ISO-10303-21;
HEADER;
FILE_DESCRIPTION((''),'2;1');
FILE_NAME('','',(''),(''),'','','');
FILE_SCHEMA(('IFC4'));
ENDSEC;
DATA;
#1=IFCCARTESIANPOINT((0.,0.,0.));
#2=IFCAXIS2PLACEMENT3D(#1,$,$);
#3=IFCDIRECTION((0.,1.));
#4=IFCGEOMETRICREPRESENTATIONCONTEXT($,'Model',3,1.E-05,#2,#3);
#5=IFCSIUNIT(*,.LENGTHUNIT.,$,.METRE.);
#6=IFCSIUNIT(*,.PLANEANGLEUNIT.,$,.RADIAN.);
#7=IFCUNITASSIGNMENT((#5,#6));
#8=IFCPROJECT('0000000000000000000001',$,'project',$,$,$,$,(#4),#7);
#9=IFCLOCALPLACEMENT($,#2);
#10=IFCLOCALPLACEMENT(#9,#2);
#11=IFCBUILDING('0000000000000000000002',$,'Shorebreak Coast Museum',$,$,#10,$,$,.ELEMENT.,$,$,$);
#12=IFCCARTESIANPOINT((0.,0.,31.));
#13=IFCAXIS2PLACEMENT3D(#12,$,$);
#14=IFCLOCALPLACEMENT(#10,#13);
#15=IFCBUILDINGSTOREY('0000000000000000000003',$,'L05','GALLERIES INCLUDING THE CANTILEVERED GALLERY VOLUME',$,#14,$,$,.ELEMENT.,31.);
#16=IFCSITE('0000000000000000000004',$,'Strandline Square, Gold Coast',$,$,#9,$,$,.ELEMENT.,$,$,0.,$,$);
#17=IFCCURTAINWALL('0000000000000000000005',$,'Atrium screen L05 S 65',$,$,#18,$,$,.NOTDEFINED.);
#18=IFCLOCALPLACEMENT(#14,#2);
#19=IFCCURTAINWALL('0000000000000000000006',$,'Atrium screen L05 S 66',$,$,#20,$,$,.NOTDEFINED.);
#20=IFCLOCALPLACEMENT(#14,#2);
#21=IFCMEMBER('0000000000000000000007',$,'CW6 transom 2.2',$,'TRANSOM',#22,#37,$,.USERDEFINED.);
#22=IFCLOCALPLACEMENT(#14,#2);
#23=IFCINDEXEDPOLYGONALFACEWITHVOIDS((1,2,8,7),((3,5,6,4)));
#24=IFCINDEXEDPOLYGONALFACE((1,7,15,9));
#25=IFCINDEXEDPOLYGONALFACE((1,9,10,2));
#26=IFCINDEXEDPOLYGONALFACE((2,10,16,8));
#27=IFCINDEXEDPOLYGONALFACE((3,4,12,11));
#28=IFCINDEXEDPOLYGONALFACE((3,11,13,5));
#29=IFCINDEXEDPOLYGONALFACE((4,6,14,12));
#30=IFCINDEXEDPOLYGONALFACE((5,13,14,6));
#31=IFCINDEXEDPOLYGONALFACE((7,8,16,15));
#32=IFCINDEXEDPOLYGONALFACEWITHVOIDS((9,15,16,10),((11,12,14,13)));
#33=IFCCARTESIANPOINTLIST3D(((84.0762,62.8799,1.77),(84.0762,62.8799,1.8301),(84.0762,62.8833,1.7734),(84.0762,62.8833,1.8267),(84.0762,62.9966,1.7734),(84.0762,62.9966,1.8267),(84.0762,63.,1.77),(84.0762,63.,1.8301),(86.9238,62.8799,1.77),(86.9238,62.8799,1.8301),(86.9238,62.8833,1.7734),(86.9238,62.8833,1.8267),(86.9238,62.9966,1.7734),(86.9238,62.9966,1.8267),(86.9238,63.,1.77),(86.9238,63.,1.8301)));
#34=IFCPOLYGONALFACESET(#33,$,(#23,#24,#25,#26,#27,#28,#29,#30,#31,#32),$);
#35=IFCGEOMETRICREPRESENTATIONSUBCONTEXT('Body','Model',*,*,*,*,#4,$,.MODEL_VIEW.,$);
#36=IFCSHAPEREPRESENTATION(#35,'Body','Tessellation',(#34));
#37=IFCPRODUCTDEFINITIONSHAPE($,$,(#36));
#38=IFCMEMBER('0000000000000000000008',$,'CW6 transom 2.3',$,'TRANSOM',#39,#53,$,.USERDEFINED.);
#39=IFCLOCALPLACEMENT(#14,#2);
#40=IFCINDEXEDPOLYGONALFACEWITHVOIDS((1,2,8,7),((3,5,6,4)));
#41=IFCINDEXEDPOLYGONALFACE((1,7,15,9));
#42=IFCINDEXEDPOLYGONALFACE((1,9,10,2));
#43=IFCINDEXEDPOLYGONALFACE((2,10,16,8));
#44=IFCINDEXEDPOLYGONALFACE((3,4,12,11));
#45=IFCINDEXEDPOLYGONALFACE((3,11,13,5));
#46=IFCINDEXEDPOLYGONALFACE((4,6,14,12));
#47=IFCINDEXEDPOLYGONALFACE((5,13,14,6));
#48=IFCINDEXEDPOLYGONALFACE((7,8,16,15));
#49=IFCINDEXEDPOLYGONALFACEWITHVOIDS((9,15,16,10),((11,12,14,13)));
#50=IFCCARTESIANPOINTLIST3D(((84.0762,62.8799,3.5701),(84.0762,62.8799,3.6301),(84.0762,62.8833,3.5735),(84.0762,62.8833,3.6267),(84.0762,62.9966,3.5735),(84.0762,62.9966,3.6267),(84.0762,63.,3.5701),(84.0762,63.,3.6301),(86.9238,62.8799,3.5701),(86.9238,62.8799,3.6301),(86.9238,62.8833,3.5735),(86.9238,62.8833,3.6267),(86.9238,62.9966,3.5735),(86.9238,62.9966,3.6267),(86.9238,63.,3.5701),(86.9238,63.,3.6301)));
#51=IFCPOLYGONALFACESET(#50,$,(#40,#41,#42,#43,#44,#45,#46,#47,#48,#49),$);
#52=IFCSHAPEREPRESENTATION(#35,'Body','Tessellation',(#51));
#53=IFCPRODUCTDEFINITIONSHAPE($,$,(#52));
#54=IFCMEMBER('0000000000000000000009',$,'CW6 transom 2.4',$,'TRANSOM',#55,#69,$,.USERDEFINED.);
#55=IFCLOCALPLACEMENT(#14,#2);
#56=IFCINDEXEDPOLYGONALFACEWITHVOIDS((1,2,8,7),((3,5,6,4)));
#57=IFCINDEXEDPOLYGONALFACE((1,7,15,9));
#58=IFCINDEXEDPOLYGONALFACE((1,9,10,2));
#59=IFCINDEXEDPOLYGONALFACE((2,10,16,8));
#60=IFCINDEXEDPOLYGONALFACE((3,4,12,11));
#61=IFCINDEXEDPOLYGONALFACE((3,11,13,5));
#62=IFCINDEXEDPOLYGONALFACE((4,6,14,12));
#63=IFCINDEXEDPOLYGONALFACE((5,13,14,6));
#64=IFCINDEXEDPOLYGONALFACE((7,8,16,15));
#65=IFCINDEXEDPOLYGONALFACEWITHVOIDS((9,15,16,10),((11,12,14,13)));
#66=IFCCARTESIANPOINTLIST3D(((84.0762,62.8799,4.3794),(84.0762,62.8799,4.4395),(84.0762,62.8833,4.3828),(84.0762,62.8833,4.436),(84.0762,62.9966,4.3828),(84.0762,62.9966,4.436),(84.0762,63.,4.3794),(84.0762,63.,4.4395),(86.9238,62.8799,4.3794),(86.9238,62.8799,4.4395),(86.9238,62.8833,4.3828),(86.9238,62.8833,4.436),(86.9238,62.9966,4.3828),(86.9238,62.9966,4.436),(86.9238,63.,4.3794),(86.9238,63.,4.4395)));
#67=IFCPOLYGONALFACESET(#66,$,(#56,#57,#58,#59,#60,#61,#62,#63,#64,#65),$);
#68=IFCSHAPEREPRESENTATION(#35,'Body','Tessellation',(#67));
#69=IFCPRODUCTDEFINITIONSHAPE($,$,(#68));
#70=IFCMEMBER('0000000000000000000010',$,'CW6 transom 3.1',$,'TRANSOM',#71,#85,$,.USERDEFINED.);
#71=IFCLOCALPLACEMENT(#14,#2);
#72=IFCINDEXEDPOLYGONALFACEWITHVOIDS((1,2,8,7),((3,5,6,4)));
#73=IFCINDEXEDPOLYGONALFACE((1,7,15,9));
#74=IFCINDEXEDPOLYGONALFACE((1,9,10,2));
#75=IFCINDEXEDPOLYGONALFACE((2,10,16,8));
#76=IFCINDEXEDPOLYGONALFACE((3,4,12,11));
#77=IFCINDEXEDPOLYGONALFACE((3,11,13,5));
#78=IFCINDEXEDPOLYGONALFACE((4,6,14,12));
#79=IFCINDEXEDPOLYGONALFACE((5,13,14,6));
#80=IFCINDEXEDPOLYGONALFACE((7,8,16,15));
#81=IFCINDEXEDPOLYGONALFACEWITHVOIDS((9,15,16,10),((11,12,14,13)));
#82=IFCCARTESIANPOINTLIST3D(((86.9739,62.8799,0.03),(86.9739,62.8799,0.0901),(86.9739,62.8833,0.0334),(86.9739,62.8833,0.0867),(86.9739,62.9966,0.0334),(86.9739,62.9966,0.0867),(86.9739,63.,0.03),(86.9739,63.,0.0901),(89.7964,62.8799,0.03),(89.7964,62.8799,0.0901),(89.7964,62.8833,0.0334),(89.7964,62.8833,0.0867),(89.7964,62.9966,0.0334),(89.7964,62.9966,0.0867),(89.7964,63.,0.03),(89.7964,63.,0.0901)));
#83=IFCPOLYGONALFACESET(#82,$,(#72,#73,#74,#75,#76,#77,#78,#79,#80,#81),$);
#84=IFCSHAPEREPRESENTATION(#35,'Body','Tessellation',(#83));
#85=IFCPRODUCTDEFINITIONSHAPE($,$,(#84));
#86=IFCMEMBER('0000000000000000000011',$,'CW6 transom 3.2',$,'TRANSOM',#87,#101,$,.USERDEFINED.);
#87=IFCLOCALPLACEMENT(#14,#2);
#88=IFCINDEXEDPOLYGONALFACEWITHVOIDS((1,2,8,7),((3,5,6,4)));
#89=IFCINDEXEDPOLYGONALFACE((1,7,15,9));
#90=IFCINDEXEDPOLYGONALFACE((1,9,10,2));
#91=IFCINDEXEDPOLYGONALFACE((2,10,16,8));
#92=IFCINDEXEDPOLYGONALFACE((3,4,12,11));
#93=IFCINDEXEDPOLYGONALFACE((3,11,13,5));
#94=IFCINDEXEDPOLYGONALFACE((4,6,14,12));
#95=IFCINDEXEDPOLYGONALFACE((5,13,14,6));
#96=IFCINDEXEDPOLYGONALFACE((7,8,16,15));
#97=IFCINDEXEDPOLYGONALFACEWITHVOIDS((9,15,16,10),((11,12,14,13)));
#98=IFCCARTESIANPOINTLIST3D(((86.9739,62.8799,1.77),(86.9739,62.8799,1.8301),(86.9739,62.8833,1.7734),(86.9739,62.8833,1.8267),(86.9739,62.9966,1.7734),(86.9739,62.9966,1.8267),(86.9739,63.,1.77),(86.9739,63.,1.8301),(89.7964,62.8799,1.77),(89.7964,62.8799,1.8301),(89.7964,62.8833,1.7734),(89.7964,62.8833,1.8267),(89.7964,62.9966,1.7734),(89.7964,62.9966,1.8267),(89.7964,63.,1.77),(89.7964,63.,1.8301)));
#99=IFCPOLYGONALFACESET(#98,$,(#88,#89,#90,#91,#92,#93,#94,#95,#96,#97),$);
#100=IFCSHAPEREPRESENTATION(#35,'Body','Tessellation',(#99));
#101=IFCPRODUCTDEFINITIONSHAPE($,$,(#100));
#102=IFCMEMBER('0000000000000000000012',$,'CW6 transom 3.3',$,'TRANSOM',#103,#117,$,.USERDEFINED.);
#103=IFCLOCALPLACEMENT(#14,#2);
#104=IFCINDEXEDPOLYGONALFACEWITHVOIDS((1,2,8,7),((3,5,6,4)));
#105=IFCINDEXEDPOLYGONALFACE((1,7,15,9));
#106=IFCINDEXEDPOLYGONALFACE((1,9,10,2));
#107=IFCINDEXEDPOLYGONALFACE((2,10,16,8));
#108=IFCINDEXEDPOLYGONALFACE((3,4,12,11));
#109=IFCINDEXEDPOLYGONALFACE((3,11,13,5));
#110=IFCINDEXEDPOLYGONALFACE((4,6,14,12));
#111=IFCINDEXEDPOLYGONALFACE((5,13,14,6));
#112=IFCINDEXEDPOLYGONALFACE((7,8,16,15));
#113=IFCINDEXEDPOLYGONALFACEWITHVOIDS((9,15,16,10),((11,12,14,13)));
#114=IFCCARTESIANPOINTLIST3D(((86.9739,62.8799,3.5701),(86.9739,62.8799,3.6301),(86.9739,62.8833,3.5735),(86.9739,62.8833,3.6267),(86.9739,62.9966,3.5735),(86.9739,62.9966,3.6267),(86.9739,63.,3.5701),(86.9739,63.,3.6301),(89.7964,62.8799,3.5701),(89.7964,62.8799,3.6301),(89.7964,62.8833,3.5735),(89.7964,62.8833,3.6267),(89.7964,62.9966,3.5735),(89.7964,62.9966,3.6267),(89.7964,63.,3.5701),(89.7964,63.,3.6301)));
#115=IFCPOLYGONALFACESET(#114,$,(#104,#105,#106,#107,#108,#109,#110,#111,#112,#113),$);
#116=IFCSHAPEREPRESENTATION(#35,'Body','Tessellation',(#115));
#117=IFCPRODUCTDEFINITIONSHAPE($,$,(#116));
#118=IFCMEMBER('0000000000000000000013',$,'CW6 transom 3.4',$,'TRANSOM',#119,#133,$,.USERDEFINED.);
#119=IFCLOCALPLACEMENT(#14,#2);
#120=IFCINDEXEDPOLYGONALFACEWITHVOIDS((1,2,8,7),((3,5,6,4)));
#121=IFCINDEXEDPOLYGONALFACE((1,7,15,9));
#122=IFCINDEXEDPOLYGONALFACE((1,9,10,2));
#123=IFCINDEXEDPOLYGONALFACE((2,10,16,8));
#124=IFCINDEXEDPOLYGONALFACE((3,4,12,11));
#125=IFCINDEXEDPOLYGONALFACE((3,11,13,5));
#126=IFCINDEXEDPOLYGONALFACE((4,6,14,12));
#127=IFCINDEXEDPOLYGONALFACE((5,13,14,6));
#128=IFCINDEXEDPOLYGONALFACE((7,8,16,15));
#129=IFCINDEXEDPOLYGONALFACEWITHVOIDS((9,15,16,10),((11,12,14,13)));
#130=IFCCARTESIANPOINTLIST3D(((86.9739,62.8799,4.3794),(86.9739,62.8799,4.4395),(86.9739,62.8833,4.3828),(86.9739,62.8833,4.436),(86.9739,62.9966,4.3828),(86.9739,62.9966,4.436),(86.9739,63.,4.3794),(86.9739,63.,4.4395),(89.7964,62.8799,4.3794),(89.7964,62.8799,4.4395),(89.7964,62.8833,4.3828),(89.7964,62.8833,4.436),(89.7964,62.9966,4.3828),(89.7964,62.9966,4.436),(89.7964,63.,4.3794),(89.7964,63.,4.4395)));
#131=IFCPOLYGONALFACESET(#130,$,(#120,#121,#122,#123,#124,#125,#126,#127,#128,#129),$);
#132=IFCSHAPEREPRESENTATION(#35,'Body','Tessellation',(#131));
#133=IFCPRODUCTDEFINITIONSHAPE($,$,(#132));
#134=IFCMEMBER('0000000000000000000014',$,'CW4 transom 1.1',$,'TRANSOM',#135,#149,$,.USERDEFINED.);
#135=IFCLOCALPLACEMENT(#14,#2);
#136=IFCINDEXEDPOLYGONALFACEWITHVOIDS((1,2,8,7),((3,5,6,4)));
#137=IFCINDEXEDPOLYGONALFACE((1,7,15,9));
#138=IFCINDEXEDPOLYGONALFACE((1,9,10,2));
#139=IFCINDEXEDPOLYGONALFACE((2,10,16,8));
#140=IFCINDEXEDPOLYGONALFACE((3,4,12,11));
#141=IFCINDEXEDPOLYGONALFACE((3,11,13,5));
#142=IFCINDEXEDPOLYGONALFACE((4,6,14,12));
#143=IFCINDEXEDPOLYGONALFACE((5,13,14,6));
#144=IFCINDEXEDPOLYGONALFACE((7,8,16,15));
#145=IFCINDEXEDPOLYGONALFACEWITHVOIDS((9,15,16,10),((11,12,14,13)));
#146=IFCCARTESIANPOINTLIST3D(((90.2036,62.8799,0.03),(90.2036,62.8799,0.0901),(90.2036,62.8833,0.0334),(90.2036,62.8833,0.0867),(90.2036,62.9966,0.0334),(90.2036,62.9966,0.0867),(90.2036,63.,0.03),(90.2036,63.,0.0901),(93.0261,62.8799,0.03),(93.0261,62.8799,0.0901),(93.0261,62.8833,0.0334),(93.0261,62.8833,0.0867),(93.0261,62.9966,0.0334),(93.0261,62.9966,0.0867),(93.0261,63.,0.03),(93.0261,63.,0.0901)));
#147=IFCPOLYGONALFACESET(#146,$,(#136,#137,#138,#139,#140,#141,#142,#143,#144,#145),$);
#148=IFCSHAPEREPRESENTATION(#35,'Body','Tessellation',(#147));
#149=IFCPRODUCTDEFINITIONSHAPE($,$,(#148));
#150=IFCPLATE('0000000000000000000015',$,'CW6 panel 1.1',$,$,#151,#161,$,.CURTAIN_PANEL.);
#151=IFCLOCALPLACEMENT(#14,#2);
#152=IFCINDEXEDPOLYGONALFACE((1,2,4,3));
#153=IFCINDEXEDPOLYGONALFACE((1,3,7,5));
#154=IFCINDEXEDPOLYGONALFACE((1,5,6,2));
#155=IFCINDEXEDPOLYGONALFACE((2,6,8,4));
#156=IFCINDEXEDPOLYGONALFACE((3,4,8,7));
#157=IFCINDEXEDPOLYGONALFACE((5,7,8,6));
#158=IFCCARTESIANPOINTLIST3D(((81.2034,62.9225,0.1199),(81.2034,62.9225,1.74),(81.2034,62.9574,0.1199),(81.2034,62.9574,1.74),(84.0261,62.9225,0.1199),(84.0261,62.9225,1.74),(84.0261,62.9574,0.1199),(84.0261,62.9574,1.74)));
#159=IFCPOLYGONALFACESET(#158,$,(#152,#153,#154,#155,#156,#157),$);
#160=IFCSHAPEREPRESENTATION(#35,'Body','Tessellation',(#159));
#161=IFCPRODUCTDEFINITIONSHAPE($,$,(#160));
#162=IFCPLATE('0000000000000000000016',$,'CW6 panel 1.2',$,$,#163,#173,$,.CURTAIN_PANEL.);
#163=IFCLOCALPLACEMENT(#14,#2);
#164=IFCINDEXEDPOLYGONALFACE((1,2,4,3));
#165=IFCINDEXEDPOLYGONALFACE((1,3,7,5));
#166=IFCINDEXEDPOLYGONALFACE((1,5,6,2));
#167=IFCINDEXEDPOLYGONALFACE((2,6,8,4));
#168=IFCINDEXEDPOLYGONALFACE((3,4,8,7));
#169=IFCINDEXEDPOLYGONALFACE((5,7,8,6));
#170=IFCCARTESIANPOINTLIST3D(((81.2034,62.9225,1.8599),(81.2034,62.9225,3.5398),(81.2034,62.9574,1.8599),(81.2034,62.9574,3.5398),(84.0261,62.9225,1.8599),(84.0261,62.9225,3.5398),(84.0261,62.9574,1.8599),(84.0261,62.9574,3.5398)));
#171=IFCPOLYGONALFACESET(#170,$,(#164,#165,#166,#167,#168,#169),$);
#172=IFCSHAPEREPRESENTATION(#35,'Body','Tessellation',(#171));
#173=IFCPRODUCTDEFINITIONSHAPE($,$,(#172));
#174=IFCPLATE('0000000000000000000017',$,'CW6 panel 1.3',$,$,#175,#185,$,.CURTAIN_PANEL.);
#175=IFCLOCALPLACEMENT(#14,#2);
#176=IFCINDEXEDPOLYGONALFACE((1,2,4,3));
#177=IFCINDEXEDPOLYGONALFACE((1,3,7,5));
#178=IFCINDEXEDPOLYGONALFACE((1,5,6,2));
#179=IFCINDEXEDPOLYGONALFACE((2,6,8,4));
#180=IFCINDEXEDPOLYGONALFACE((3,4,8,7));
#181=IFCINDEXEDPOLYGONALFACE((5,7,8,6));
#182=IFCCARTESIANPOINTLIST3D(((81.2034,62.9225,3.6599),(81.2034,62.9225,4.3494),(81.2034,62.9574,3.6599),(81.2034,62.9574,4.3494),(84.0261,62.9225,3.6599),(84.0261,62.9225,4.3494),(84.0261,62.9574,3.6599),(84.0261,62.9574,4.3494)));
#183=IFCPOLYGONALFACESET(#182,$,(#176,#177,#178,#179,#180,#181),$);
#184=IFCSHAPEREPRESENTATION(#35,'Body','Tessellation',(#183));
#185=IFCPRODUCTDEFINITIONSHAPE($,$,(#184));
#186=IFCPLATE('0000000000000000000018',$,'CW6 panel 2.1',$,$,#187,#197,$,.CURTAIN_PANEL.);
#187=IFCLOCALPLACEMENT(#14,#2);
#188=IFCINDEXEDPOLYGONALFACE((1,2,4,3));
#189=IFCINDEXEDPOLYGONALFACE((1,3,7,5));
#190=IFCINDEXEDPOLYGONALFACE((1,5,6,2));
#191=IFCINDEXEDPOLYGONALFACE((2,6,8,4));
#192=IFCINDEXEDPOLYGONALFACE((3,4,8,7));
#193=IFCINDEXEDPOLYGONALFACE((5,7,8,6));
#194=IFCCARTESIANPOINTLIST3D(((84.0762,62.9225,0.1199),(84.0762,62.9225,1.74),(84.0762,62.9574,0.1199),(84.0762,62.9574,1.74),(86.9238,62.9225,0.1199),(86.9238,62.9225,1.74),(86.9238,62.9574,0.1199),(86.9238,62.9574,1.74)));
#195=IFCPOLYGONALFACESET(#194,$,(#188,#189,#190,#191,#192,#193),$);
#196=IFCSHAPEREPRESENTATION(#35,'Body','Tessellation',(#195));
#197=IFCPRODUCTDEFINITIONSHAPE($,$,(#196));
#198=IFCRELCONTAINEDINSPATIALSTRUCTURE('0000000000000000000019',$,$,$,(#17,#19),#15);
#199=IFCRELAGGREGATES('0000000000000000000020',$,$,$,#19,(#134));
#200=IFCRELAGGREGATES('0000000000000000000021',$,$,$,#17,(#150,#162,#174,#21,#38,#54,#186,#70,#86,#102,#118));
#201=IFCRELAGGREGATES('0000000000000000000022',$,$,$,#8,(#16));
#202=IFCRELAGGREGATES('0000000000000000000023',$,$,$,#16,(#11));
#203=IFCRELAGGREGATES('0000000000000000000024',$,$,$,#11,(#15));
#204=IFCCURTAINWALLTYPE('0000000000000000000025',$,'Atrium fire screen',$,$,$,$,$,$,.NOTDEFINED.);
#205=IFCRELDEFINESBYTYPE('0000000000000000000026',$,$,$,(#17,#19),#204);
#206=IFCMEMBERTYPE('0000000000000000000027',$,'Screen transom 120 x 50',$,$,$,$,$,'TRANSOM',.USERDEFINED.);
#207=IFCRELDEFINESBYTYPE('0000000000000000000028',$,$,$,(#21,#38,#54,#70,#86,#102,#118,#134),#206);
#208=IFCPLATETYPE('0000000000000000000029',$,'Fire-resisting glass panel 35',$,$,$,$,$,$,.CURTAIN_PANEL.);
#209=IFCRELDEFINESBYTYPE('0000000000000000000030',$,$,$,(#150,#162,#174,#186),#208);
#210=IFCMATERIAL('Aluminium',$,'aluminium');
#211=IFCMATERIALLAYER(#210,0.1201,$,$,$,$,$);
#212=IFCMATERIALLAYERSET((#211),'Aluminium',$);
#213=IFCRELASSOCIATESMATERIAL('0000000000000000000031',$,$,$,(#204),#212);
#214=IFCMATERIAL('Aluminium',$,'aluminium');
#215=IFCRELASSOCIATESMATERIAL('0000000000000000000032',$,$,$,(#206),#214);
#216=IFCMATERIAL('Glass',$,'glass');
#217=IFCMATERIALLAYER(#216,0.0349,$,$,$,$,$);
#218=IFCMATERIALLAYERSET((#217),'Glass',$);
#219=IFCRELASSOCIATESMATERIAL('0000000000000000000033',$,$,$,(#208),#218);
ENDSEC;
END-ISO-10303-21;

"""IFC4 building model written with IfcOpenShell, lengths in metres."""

from ifc_helpers import new_model, si_unit, direction, frame, origin, origin_2d, place, context, subcontext, project, spatial, rectangle, hollow_rectangle, extrude, material, layer, layer_set, material_profile, profile_set, type_object, element, aggregate, save


model = new_model("IFC4")

# Units and contexts
model_context = context("Model", 3, precision=1e-05, world=origin(), true_north=direction((0.0, 1.0)))
body_context = subcontext(model_context, "Body", "Model", "MODEL_VIEW")
ifc_project = project(units=[si_unit("LENGTHUNIT", "METRE"), si_unit("PLANEANGLEUNIT", "RADIAN")], contexts=[model_context])

# Site, building, storey
site_placement = place(None, origin())
site = spatial("IfcSite", under=ifc_project, at=site_placement, Name="Strandline Square, Gold Coast", CompositionType="ELEMENT", RefElevation=0.0)
building_placement = place(site_placement, origin())
building = spatial("IfcBuilding", under=site, at=building_placement, Name="Shorebreak Coast Museum", CompositionType="ELEMENT")
storey_placement = place(building_placement, frame((0.0, 0.0, 31.0)))
storey = spatial("IfcBuildingStorey", under=building, at=storey_placement, Name="L05", Description="GALLERIES INCLUDING THE CANTILEVERED GALLERY VOLUME", CompositionType="ELEMENT", Elevation=31.0)

# Curtain wall
ifc_material_1 = material(Name="Aluminium", Category="aluminium")
ifc_layer_1 = layer(ifc_material_1, 0.1201)
ifc_layer_set_1 = layer_set([ifc_layer_1], Name="Aluminium")
curtain_wall_type = type_object("IfcCurtainWallType", Name="Atrium fire screen", PredefinedType="NOTDEFINED", material=ifc_layer_set_1)
curtain_wall_1_placement = place(storey_placement, origin())
curtain_wall_1 = element("IfcCurtainWall", 1, at=curtain_wall_1_placement, inside=storey, type_object=curtain_wall_type, Name="Atrium screen L05 S 65", PredefinedType="NOTDEFINED")

# Curtain wall
curtain_wall_2_placement = place(storey_placement, origin())
curtain_wall_2 = element("IfcCurtainWall", 2, at=curtain_wall_2_placement, inside=storey, type_object=curtain_wall_type, Name="Atrium screen L05 S 66", PredefinedType="NOTDEFINED")

# Members
ifc_material_2 = material(Name="Aluminium", Category="aluminium")
ifc_material_profile_1 = material_profile(ifc_material_2, hollow_rectangle(XDim=0.1201, YDim=0.0601, WallThickness=0.0034, at=origin_2d()), Name="AL 60x120 RHS")
ifc_profile_set_1 = profile_set([ifc_material_profile_1], Name="Aluminium")
member_type_1 = type_object("IfcMemberType", Name="Screen transom 120 x 50", ElementType="TRANSOM", PredefinedType="USERDEFINED", material=ifc_profile_set_1)
member_1_placement = place(storey_placement, frame((84.0762, 62.9399, 1.8), z_axis=(1.0, 0.0, 0.0), x_axis=(0.0, 1.0, 0.0)))
member_1 = element("IfcMember", 3, at=member_1_placement, type_object=member_type_1, Name="CW6 transom 2.2", ObjectType="TRANSOM", PredefinedType="USERDEFINED", context=body_context, shape_type="SweptSolid", body=[
    extrude(hollow_rectangle(XDim=0.1201, YDim=0.0601, WallThickness=0.0034, at=origin_2d()), origin(), (0.0, 0.0, 1.0), 2.8477),
])
member_2_placement = place(storey_placement, frame((84.0762, 62.9399, 3.6001), z_axis=(1.0, 0.0, 0.0), x_axis=(0.0, 1.0, 0.0)))
member_2 = element("IfcMember", 4, at=member_2_placement, type_object=member_type_1, Name="CW6 transom 2.3", ObjectType="TRANSOM", PredefinedType="USERDEFINED", context=body_context, shape_type="SweptSolid", body=[
    extrude(hollow_rectangle(XDim=0.1201, YDim=0.0601, WallThickness=0.0034, at=origin_2d()), origin(), (0.0, 0.0, 1.0), 2.8477),
])
member_3_placement = place(storey_placement, frame((84.0762, 62.9399, 4.4094), z_axis=(1.0, 0.0, 0.0), x_axis=(0.0, 1.0, 0.0)))
member_3 = element("IfcMember", 5, at=member_3_placement, type_object=member_type_1, Name="CW6 transom 2.4", ObjectType="TRANSOM", PredefinedType="USERDEFINED", context=body_context, shape_type="SweptSolid", body=[
    extrude(hollow_rectangle(XDim=0.1201, YDim=0.0601, WallThickness=0.0034, at=origin_2d()), origin(), (0.0, 0.0, 1.0), 2.8477),
])
member_4_placement = place(storey_placement, frame((86.9739, 62.9399, 0.0601), z_axis=(1.0, 0.0, 0.0), x_axis=(0.0, 1.0, 0.0)))
member_4 = element("IfcMember", 6, at=member_4_placement, type_object=member_type_1, Name="CW6 transom 3.1", ObjectType="TRANSOM", PredefinedType="USERDEFINED", context=body_context, shape_type="SweptSolid", body=[
    extrude(hollow_rectangle(XDim=0.1201, YDim=0.0601, WallThickness=0.0034, at=origin_2d()), origin(), (0.0, 0.0, 1.0), 2.8225),
])
member_5_placement = place(storey_placement, frame((86.9739, 62.9399, 1.8), z_axis=(1.0, 0.0, 0.0), x_axis=(0.0, 1.0, 0.0)))
member_5 = element("IfcMember", 7, at=member_5_placement, type_object=member_type_1, Name="CW6 transom 3.2", ObjectType="TRANSOM", PredefinedType="USERDEFINED", context=body_context, shape_type="SweptSolid", body=[
    extrude(hollow_rectangle(XDim=0.1201, YDim=0.0601, WallThickness=0.0034, at=origin_2d()), origin(), (0.0, 0.0, 1.0), 2.8225),
])
member_6_placement = place(storey_placement, frame((86.9739, 62.9399, 3.6001), z_axis=(1.0, 0.0, 0.0), x_axis=(0.0, 1.0, 0.0)))
member_6 = element("IfcMember", 8, at=member_6_placement, type_object=member_type_1, Name="CW6 transom 3.3", ObjectType="TRANSOM", PredefinedType="USERDEFINED", context=body_context, shape_type="SweptSolid", body=[
    extrude(hollow_rectangle(XDim=0.1201, YDim=0.0601, WallThickness=0.0034, at=origin_2d()), origin(), (0.0, 0.0, 1.0), 2.8225),
])
member_7_placement = place(storey_placement, frame((86.9739, 62.9399, 4.4094), z_axis=(1.0, 0.0, 0.0), x_axis=(0.0, 1.0, 0.0)))
member_7 = element("IfcMember", 9, at=member_7_placement, type_object=member_type_1, Name="CW6 transom 3.4", ObjectType="TRANSOM", PredefinedType="USERDEFINED", context=body_context, shape_type="SweptSolid", body=[
    extrude(hollow_rectangle(XDim=0.1201, YDim=0.0601, WallThickness=0.0034, at=origin_2d()), origin(), (0.0, 0.0, 1.0), 2.8225),
])
member_8_placement = place(storey_placement, frame((90.2036, 62.9399, 0.0601), z_axis=(1.0, 0.0, 0.0), x_axis=(0.0, 1.0, 0.0)))
member_8 = element("IfcMember", 10, at=member_8_placement, type_object=member_type_1, Name="CW4 transom 1.1", ObjectType="TRANSOM", PredefinedType="USERDEFINED", context=body_context, shape_type="SweptSolid", body=[
    extrude(hollow_rectangle(XDim=0.1201, YDim=0.0601, WallThickness=0.0034, at=origin_2d()), origin(), (0.0, 0.0, 1.0), 2.8225),
])
aggregate(curtain_wall_2, [member_8])

# Plates
ifc_material_3 = material(Name="Glass", Category="glass")
ifc_layer_2 = layer(ifc_material_3, 0.0349)
ifc_layer_set_2 = layer_set([ifc_layer_2], Name="Glass")
plate_type = type_object("IfcPlateType", Name="Fire-resisting glass panel 35", PredefinedType="CURTAIN_PANEL", material=ifc_layer_set_2)
plate_1_placement = place(storey_placement, frame((82.6147, 62.9399, 0.1199), z_axis=(0.0, 0.0, 1.0), x_axis=(1.0, 0.0, 0.0)))
plate_1 = element("IfcPlate", 11, at=plate_1_placement, type_object=plate_type, Name="CW6 panel 1.1", PredefinedType="CURTAIN_PANEL", context=body_context, shape_type="SweptSolid", body=[
    extrude(rectangle(XDim=2.8228, YDim=0.0349, at=origin_2d()), origin(), (0.0, 0.0, 1.0), 1.6201),
])
plate_2_placement = place(storey_placement, frame((82.6147, 62.9399, 1.8599), z_axis=(0.0, 0.0, 1.0), x_axis=(1.0, 0.0, 0.0)))
plate_2 = element("IfcPlate", 12, at=plate_2_placement, type_object=plate_type, Name="CW6 panel 1.2", PredefinedType="CURTAIN_PANEL", context=body_context, shape_type="SweptSolid", body=[
    extrude(rectangle(XDim=2.8228, YDim=0.0349, at=origin_2d()), origin(), (0.0, 0.0, 1.0), 1.6799),
])
plate_3_placement = place(storey_placement, frame((82.6147, 62.9399, 3.6599), z_axis=(0.0, 0.0, 1.0), x_axis=(1.0, 0.0, 0.0)))
plate_3 = element("IfcPlate", 13, at=plate_3_placement, type_object=plate_type, Name="CW6 panel 1.3", PredefinedType="CURTAIN_PANEL", context=body_context, shape_type="SweptSolid", body=[
    extrude(rectangle(XDim=2.8228, YDim=0.0349, at=origin_2d()), origin(), (0.0, 0.0, 1.0), 0.6895),
])
plate_4_placement = place(storey_placement, frame((85.5, 62.9399, 0.1199), z_axis=(0.0, 0.0, 1.0), x_axis=(1.0, 0.0, 0.0)))
plate_4 = element("IfcPlate", 14, at=plate_4_placement, type_object=plate_type, Name="CW6 panel 2.1", PredefinedType="CURTAIN_PANEL", context=body_context, shape_type="SweptSolid", body=[
    extrude(rectangle(XDim=2.8477, YDim=0.0349, at=origin_2d()), origin(), (0.0, 0.0, 1.0), 1.6201),
])
aggregate(curtain_wall_1, [plate_1, plate_2, plate_3, member_1, member_2, member_3, plate_4, member_4, member_5, member_6, member_7])

save(model, "model.ifc")
